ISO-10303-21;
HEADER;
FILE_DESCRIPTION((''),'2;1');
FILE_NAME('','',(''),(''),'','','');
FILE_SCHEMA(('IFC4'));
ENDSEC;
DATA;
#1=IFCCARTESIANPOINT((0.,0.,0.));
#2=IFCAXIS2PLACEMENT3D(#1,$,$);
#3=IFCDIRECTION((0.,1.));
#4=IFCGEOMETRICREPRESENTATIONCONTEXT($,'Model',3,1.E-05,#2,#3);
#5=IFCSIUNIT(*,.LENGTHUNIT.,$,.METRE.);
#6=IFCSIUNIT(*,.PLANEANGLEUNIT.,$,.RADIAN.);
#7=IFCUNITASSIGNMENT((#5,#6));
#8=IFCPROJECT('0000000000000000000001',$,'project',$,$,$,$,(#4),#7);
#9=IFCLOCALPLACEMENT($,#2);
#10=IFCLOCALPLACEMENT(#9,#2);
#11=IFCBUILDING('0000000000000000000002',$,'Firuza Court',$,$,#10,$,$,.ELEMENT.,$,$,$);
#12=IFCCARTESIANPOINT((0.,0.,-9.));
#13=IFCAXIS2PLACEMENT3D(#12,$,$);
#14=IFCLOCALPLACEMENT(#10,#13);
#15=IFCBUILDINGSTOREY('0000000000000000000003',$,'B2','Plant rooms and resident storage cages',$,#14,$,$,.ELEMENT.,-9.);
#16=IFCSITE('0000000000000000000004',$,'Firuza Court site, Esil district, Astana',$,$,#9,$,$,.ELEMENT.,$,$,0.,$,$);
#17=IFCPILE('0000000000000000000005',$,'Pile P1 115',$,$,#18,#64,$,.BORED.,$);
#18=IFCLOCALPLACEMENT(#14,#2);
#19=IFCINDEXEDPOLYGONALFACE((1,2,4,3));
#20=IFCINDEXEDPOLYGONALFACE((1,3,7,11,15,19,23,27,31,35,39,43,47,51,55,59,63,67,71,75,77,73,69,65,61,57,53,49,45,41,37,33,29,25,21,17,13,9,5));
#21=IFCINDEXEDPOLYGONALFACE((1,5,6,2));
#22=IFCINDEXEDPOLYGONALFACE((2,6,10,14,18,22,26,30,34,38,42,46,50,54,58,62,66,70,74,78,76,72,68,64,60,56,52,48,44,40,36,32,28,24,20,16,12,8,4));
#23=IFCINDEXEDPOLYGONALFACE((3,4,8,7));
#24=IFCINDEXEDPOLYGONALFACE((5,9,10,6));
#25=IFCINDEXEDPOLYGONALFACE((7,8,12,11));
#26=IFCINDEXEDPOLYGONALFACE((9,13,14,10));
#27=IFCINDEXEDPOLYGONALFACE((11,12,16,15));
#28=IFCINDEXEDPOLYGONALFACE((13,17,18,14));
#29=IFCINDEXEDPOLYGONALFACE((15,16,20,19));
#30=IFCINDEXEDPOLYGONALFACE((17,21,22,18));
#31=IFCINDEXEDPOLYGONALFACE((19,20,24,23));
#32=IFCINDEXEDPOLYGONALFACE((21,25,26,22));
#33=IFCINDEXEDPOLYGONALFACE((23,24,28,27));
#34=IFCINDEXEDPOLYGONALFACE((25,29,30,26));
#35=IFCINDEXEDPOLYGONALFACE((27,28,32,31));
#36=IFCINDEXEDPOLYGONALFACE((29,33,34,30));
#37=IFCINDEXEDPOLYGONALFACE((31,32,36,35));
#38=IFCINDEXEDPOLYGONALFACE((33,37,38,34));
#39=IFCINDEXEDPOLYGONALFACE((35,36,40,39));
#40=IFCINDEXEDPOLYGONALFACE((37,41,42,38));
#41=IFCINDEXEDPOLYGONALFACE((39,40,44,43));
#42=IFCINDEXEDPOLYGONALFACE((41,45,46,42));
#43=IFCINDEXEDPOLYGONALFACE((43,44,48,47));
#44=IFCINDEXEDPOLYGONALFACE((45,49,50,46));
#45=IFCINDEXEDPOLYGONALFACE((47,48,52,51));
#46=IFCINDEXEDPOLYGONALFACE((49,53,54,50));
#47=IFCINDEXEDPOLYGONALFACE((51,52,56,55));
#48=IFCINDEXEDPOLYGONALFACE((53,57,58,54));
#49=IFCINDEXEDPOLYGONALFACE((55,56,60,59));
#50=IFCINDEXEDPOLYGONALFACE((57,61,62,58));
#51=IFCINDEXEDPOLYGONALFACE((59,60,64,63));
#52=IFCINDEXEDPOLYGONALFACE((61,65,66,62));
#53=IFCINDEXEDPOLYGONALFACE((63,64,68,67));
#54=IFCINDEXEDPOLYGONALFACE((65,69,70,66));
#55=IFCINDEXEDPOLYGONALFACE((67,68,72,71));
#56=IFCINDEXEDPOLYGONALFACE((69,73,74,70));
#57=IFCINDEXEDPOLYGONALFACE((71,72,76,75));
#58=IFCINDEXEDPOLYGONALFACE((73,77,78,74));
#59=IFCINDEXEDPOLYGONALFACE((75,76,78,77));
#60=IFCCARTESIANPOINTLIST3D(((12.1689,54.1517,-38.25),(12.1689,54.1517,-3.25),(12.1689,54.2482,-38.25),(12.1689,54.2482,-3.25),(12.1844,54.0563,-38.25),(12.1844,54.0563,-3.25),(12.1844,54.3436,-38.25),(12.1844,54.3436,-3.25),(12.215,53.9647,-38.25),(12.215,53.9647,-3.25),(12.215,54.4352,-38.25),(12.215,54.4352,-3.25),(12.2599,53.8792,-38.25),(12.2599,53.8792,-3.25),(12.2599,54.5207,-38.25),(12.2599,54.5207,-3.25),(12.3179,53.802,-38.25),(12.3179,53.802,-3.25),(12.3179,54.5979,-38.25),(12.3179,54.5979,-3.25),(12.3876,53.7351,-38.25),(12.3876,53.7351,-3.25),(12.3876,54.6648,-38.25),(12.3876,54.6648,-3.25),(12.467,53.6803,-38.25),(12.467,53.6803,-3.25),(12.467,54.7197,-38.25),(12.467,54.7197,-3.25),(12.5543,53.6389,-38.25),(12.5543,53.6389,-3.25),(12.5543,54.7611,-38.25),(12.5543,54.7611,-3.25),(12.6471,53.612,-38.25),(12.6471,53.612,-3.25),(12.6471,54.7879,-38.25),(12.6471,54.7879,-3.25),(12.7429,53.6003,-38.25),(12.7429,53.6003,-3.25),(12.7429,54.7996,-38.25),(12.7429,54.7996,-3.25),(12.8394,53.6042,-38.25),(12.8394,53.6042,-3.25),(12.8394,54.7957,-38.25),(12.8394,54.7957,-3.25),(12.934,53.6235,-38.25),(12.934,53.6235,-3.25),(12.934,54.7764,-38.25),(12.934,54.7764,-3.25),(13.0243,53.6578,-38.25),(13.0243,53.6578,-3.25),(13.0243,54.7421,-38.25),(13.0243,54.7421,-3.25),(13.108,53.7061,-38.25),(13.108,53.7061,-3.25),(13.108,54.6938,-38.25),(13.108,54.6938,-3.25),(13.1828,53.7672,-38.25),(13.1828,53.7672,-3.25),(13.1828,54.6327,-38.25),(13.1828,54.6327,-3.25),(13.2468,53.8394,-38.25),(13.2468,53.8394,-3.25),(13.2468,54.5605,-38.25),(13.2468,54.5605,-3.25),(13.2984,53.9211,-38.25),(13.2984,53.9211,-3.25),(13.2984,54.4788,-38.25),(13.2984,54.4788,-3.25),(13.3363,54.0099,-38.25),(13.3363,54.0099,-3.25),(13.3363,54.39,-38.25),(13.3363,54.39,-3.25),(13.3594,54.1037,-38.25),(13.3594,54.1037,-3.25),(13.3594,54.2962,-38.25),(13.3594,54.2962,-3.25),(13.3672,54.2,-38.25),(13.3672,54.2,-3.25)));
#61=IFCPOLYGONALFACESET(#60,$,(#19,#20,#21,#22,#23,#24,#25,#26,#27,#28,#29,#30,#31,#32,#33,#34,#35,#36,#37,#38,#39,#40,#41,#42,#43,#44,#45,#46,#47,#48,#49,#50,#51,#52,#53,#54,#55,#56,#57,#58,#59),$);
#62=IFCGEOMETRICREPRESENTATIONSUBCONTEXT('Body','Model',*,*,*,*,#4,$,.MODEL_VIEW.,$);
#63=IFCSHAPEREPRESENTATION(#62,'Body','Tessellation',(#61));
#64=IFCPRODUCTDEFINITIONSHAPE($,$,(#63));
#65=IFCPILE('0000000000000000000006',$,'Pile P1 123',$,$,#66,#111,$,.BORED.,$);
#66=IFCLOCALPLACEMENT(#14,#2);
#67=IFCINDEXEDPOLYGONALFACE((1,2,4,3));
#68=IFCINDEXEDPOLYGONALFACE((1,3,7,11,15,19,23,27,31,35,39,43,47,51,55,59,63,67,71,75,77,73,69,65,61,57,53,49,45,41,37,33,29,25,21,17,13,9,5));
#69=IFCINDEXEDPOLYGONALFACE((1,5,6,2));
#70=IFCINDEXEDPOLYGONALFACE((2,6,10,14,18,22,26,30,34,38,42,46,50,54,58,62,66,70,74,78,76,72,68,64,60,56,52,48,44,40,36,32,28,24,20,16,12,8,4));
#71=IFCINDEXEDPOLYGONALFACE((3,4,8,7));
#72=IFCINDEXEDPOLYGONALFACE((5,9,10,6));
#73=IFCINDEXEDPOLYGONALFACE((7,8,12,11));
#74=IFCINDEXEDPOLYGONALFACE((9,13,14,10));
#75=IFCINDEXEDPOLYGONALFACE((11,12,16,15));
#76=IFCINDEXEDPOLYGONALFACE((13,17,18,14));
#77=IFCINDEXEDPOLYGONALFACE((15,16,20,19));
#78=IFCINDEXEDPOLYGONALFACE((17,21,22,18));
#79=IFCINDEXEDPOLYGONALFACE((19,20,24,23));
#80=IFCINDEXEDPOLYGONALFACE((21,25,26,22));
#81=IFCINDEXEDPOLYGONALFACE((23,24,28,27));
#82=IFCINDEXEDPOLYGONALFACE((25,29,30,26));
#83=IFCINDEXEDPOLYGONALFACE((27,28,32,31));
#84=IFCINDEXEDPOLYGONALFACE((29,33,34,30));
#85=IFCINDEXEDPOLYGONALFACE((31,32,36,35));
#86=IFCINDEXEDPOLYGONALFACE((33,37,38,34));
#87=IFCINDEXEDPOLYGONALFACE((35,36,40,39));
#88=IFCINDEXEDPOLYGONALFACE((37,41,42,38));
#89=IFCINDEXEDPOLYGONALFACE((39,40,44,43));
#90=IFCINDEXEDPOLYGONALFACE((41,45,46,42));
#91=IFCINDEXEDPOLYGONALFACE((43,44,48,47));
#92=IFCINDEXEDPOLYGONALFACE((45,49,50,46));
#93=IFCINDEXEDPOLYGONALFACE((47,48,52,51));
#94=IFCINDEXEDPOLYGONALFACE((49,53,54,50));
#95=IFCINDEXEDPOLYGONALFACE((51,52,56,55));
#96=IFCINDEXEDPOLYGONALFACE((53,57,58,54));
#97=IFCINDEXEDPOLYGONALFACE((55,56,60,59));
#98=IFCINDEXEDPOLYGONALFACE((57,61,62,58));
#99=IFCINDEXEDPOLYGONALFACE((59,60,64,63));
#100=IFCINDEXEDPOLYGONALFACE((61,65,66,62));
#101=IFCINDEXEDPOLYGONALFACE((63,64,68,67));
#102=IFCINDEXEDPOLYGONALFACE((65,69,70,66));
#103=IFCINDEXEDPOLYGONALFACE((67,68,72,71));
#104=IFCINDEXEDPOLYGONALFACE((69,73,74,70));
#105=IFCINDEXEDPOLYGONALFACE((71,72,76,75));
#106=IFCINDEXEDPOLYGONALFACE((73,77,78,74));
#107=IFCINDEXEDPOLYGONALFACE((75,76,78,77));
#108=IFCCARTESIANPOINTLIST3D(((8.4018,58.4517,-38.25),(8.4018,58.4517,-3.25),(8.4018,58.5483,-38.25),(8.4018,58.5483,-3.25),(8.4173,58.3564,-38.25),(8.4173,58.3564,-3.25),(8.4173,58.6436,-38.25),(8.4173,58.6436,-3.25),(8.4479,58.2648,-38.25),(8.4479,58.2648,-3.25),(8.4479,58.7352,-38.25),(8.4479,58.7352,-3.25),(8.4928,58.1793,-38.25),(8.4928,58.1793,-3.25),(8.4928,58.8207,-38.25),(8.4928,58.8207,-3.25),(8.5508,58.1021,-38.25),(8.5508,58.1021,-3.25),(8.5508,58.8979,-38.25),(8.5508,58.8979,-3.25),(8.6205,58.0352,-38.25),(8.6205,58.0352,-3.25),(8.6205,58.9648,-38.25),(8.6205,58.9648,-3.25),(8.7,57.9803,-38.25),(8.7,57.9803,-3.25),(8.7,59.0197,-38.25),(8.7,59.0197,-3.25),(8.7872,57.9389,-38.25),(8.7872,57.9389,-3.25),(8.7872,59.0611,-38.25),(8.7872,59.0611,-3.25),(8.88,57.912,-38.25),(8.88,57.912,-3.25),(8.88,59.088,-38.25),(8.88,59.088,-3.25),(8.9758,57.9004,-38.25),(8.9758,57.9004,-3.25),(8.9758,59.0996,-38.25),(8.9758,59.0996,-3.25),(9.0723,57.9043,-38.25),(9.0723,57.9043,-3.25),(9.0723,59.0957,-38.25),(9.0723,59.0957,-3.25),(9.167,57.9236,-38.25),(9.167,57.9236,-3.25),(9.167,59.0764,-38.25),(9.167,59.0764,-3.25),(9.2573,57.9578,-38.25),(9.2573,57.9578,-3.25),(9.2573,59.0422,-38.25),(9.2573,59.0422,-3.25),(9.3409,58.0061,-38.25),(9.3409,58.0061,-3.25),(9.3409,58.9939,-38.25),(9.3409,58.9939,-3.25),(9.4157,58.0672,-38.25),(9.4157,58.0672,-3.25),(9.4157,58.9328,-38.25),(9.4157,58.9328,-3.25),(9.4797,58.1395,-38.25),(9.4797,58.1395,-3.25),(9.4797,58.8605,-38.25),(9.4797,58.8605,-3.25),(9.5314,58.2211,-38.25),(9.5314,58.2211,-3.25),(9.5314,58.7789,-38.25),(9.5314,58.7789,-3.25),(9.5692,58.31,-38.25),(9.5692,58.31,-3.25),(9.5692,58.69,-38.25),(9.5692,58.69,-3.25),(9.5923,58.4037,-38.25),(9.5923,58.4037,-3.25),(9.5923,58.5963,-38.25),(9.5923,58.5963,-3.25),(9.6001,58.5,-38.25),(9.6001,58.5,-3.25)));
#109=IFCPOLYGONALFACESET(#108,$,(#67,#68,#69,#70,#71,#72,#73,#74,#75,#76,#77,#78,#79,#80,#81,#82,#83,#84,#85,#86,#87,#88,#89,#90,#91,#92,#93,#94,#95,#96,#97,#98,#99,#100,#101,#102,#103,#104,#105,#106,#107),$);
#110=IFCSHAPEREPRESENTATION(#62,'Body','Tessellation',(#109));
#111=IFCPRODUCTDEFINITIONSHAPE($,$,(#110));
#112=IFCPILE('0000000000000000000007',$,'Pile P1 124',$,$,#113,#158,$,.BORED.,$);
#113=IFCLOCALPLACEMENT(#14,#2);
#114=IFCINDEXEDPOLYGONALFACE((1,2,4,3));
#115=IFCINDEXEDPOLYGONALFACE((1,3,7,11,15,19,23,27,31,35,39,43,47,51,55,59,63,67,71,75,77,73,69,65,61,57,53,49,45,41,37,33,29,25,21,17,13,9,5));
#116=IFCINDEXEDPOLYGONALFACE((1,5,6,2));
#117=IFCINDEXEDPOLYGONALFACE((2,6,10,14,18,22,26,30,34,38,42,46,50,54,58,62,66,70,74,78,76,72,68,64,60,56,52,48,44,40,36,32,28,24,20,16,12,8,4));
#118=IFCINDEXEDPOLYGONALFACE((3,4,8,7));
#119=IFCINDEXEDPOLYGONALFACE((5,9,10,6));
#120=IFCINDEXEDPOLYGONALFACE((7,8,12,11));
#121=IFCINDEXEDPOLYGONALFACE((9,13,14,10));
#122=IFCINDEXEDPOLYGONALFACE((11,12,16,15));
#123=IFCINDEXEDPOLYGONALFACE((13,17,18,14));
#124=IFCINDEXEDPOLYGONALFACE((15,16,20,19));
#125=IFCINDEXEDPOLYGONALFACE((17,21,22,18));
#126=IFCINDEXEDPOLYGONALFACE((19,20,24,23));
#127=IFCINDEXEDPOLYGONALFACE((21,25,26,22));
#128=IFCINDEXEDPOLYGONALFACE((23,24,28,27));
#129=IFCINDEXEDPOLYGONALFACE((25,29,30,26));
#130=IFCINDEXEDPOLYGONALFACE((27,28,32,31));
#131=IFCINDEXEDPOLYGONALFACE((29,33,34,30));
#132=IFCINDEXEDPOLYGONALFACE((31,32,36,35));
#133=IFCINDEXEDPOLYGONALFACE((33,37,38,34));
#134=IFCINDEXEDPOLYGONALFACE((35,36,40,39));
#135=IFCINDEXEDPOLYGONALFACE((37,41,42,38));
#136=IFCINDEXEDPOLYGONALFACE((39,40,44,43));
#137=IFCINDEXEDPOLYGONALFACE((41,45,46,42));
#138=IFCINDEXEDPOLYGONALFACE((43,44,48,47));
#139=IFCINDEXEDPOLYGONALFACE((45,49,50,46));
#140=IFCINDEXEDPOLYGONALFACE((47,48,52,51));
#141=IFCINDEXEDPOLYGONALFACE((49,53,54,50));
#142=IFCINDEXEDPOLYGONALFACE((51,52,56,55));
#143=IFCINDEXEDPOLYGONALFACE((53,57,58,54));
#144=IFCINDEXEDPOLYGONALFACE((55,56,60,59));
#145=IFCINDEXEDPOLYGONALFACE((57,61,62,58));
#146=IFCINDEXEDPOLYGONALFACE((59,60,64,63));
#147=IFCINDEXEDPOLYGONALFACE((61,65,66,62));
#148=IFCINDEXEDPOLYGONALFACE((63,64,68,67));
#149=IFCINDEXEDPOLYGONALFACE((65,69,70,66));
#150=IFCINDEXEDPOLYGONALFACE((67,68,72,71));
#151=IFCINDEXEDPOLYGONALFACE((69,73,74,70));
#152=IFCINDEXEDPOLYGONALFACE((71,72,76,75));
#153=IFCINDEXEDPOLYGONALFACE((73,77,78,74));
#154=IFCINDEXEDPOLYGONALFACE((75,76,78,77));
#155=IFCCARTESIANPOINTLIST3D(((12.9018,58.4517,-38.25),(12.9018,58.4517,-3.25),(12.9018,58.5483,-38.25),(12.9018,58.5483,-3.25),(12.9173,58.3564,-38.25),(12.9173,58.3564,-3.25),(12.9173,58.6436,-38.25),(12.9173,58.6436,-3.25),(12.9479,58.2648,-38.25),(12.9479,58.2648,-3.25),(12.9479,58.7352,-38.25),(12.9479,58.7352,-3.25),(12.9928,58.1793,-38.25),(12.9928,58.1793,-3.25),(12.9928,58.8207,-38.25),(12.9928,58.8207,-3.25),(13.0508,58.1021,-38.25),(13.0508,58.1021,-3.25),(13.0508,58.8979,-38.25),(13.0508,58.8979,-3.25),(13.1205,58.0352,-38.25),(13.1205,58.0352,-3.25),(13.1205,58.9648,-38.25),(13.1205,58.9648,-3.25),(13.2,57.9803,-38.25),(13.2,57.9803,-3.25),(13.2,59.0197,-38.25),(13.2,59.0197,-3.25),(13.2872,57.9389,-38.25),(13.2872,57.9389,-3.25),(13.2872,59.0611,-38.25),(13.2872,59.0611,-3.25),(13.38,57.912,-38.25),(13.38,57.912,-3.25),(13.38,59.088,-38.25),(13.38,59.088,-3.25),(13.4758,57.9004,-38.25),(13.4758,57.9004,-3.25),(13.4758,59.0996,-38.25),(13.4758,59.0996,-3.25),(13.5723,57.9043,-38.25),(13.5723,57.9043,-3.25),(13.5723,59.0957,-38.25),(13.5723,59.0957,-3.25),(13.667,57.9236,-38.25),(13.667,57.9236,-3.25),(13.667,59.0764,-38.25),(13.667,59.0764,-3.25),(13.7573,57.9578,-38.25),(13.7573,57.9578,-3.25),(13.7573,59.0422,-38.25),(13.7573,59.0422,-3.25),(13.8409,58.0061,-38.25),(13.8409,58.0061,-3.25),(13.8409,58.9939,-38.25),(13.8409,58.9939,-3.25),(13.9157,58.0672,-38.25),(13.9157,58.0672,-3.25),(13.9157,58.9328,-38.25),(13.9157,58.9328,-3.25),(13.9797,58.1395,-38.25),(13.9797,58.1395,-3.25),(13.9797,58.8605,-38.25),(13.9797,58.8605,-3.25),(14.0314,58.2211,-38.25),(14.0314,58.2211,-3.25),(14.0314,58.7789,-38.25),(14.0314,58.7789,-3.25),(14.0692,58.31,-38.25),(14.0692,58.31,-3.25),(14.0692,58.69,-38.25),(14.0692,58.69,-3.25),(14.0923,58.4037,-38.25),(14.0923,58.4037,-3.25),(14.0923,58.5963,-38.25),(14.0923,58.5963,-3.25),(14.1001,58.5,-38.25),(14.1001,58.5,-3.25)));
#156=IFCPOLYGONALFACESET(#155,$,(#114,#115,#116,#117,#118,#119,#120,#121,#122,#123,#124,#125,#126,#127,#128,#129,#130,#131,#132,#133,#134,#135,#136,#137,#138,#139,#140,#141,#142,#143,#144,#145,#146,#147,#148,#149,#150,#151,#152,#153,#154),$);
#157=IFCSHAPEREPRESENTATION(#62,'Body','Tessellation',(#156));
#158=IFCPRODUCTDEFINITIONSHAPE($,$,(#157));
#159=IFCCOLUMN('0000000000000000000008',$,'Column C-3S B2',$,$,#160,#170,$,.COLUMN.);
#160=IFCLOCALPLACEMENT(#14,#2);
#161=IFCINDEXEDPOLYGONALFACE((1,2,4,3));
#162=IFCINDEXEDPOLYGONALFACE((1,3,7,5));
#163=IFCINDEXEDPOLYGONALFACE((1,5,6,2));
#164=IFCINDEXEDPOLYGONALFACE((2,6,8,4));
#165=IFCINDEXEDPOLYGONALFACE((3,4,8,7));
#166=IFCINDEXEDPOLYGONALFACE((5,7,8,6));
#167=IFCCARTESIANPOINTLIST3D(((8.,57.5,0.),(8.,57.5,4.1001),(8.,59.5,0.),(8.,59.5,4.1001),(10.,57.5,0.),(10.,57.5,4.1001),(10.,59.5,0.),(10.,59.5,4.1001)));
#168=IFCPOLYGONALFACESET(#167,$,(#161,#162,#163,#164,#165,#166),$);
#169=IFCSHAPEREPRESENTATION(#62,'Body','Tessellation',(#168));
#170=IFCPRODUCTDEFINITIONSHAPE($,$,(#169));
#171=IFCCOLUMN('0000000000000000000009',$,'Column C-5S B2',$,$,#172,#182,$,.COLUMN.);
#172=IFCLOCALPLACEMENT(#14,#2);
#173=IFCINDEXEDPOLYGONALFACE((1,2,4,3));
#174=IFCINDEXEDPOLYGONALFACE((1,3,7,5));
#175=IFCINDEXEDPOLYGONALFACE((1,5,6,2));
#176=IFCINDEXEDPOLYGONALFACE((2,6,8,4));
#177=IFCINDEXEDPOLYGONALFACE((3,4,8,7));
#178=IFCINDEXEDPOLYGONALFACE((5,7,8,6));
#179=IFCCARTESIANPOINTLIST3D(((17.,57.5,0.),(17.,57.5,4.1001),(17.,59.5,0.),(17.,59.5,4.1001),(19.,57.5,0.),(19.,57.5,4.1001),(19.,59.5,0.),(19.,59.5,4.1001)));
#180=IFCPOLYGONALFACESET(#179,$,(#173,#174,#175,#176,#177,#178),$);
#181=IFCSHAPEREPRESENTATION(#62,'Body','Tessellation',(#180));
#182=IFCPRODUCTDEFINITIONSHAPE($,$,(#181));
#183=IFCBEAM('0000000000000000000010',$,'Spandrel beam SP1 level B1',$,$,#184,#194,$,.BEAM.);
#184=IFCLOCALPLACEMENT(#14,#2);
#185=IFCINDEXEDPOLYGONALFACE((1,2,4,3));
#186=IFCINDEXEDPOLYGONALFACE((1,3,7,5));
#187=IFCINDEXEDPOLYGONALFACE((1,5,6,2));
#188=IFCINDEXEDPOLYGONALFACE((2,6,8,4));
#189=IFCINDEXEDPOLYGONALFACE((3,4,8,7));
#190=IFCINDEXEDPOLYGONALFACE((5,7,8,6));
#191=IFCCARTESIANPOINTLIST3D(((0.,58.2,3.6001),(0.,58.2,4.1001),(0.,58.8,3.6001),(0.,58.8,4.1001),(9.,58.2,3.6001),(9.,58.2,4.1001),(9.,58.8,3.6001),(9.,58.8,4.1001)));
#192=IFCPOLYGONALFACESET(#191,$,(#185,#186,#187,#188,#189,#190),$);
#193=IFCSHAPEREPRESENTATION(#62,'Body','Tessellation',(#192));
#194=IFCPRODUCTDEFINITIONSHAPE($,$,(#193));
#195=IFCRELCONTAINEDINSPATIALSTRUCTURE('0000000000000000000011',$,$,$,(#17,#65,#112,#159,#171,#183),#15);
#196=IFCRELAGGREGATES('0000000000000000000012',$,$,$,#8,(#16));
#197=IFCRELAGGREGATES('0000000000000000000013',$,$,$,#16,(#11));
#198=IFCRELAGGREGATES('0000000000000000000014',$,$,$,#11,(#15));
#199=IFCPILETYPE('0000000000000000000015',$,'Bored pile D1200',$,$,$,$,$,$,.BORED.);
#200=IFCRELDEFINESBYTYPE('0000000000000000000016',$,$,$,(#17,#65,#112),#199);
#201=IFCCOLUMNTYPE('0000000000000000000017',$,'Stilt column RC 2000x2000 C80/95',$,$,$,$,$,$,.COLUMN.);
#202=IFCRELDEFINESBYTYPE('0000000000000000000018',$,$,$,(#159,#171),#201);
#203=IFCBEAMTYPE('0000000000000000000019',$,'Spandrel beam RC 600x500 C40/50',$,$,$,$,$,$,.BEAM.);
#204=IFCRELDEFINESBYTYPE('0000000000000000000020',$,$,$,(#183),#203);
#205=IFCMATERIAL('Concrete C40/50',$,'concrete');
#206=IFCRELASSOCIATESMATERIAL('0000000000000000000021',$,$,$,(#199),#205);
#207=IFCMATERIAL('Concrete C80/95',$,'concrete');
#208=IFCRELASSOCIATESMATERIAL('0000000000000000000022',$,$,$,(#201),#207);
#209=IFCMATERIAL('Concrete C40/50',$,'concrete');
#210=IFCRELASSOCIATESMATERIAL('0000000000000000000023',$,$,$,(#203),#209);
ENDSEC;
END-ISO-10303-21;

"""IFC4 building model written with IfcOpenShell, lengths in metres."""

from ifc_helpers import new_model, si_unit, direction, frame, origin, origin_2d, place, context, subcontext, project, spatial, rectangle, circle, extrude, material, material_profile, profile_set, type_object, element, save


model = new_model("IFC4")

# Units and contexts
model_context = context("Model", 3, precision=1e-05, world=origin(), true_north=direction((0.0, 1.0)))
body_context = subcontext(model_context, "Body", "Model", "MODEL_VIEW")
ifc_project = project(units=[si_unit("LENGTHUNIT", "METRE"), si_unit("PLANEANGLEUNIT", "RADIAN")], contexts=[model_context])

# Site, building, storey
site_placement = place(None, origin())
site = spatial("IfcSite", under=ifc_project, at=site_placement, Name="Firuza Court site, Esil district, Astana", CompositionType="ELEMENT", RefElevation=0.0)
building_placement = place(site_placement, origin())
building = spatial("IfcBuilding", under=site, at=building_placement, Name="Firuza Court", CompositionType="ELEMENT")
storey_placement = place(building_placement, frame((0.0, 0.0, -9.0)))
storey = spatial("IfcBuildingStorey", under=building, at=storey_placement, Name="B2", Description="Plant rooms and resident storage cages", CompositionType="ELEMENT", Elevation=-9.0)

# Piles
ifc_material_1 = material(Name="Concrete C40/50", Category="concrete")
ifc_material_profile_1 = material_profile(ifc_material_1, circle(Radius=0.6001, at=origin_2d()), Name="Pile D1200")
ifc_profile_set_1 = profile_set([ifc_material_profile_1], Name="Concrete C40/50")
pile_type = type_object("IfcPileType", Name="Bored pile D1200", PredefinedType="BORED", material=ifc_profile_set_1)
for number, where, z_axis, x_axis, name in (
    (1, (12.7671, 54.2, -3.25), (0.0, 0.0, -1.0), (1.0, 0.0, 0.0), "Pile P1 115"),
    (2, (9.0, 58.5, -3.25), (0.0, 0.0, -1.0), (1.0, 0.0, 0.0), "Pile P1 123"),
    (3, (13.5, 58.5, -3.25), (0.0, 0.0, -1.0), (1.0, 0.0, 0.0), "Pile P1 124"),
):
    element("IfcPile", number, at=place(storey_placement, frame(where, z_axis=z_axis, x_axis=x_axis)), inside=storey, type_object=pile_type, Name=name, PredefinedType="BORED", context=body_context, shape_type="SweptSolid", body=[
        extrude(circle(Radius=0.6001, at=origin_2d()), origin(), (0.0, 0.0, 1.0), 35.0),
    ])

# Columns
ifc_material_2 = material(Name="Concrete C80/95", Category="concrete")
ifc_material_profile_2 = material_profile(ifc_material_2, rectangle(XDim=2.0, YDim=2.0, at=origin_2d()), Name="RC 2000x2000")
ifc_profile_set_2 = profile_set([ifc_material_profile_2], Name="Concrete C80/95")
column_type = type_object("IfcColumnType", Name="Stilt column RC 2000x2000 C80/95", PredefinedType="COLUMN", material=ifc_profile_set_2)
for number, where, z_axis, x_axis, name in (
    (4, (9.0, 58.5, 0.0), (0.0, 0.0, 1.0), (1.0, 0.0, 0.0), "Column C-3S B2"),
    (5, (18.0, 58.5, 0.0), (0.0, 0.0, 1.0), (1.0, 0.0, 0.0), "Column C-5S B2"),
):
    element("IfcColumn", number, at=place(storey_placement, frame(where, z_axis=z_axis, x_axis=x_axis)), inside=storey, type_object=column_type, Name=name, PredefinedType="COLUMN", context=body_context, shape_type="SweptSolid", body=[
        extrude(rectangle(XDim=2.0, YDim=2.0, at=origin_2d()), origin(), (0.0, 0.0, 1.0), 4.1001),
    ])

# Beam
ifc_material_3 = material(Name="Concrete C40/50", Category="concrete")
ifc_material_profile_3 = material_profile(ifc_material_3, rectangle(XDim=0.6001, YDim=0.5, at=origin_2d()), Name="RC 600x500")
ifc_profile_set_3 = profile_set([ifc_material_profile_3], Name="Concrete C40/50")
beam_type = type_object("IfcBeamType", Name="Spandrel beam RC 600x500 C40/50", PredefinedType="BEAM", material=ifc_profile_set_3)
beam_placement = place(storey_placement, frame((9.0, 58.5, 3.8501), z_axis=(-1.0, 0.0, 0.0), x_axis=(0.0, -1.0, 0.0)))
element("IfcBeam", 6, at=beam_placement, inside=storey, type_object=beam_type, Name="Spandrel beam SP1 level B1", PredefinedType="BEAM", context=body_context, shape_type="SweptSolid", body=[
    extrude(rectangle(XDim=0.6001, YDim=0.5, at=origin_2d()), origin(), (0.0, 0.0, 1.0), 9.0),
])

save(model, "model.ifc")
